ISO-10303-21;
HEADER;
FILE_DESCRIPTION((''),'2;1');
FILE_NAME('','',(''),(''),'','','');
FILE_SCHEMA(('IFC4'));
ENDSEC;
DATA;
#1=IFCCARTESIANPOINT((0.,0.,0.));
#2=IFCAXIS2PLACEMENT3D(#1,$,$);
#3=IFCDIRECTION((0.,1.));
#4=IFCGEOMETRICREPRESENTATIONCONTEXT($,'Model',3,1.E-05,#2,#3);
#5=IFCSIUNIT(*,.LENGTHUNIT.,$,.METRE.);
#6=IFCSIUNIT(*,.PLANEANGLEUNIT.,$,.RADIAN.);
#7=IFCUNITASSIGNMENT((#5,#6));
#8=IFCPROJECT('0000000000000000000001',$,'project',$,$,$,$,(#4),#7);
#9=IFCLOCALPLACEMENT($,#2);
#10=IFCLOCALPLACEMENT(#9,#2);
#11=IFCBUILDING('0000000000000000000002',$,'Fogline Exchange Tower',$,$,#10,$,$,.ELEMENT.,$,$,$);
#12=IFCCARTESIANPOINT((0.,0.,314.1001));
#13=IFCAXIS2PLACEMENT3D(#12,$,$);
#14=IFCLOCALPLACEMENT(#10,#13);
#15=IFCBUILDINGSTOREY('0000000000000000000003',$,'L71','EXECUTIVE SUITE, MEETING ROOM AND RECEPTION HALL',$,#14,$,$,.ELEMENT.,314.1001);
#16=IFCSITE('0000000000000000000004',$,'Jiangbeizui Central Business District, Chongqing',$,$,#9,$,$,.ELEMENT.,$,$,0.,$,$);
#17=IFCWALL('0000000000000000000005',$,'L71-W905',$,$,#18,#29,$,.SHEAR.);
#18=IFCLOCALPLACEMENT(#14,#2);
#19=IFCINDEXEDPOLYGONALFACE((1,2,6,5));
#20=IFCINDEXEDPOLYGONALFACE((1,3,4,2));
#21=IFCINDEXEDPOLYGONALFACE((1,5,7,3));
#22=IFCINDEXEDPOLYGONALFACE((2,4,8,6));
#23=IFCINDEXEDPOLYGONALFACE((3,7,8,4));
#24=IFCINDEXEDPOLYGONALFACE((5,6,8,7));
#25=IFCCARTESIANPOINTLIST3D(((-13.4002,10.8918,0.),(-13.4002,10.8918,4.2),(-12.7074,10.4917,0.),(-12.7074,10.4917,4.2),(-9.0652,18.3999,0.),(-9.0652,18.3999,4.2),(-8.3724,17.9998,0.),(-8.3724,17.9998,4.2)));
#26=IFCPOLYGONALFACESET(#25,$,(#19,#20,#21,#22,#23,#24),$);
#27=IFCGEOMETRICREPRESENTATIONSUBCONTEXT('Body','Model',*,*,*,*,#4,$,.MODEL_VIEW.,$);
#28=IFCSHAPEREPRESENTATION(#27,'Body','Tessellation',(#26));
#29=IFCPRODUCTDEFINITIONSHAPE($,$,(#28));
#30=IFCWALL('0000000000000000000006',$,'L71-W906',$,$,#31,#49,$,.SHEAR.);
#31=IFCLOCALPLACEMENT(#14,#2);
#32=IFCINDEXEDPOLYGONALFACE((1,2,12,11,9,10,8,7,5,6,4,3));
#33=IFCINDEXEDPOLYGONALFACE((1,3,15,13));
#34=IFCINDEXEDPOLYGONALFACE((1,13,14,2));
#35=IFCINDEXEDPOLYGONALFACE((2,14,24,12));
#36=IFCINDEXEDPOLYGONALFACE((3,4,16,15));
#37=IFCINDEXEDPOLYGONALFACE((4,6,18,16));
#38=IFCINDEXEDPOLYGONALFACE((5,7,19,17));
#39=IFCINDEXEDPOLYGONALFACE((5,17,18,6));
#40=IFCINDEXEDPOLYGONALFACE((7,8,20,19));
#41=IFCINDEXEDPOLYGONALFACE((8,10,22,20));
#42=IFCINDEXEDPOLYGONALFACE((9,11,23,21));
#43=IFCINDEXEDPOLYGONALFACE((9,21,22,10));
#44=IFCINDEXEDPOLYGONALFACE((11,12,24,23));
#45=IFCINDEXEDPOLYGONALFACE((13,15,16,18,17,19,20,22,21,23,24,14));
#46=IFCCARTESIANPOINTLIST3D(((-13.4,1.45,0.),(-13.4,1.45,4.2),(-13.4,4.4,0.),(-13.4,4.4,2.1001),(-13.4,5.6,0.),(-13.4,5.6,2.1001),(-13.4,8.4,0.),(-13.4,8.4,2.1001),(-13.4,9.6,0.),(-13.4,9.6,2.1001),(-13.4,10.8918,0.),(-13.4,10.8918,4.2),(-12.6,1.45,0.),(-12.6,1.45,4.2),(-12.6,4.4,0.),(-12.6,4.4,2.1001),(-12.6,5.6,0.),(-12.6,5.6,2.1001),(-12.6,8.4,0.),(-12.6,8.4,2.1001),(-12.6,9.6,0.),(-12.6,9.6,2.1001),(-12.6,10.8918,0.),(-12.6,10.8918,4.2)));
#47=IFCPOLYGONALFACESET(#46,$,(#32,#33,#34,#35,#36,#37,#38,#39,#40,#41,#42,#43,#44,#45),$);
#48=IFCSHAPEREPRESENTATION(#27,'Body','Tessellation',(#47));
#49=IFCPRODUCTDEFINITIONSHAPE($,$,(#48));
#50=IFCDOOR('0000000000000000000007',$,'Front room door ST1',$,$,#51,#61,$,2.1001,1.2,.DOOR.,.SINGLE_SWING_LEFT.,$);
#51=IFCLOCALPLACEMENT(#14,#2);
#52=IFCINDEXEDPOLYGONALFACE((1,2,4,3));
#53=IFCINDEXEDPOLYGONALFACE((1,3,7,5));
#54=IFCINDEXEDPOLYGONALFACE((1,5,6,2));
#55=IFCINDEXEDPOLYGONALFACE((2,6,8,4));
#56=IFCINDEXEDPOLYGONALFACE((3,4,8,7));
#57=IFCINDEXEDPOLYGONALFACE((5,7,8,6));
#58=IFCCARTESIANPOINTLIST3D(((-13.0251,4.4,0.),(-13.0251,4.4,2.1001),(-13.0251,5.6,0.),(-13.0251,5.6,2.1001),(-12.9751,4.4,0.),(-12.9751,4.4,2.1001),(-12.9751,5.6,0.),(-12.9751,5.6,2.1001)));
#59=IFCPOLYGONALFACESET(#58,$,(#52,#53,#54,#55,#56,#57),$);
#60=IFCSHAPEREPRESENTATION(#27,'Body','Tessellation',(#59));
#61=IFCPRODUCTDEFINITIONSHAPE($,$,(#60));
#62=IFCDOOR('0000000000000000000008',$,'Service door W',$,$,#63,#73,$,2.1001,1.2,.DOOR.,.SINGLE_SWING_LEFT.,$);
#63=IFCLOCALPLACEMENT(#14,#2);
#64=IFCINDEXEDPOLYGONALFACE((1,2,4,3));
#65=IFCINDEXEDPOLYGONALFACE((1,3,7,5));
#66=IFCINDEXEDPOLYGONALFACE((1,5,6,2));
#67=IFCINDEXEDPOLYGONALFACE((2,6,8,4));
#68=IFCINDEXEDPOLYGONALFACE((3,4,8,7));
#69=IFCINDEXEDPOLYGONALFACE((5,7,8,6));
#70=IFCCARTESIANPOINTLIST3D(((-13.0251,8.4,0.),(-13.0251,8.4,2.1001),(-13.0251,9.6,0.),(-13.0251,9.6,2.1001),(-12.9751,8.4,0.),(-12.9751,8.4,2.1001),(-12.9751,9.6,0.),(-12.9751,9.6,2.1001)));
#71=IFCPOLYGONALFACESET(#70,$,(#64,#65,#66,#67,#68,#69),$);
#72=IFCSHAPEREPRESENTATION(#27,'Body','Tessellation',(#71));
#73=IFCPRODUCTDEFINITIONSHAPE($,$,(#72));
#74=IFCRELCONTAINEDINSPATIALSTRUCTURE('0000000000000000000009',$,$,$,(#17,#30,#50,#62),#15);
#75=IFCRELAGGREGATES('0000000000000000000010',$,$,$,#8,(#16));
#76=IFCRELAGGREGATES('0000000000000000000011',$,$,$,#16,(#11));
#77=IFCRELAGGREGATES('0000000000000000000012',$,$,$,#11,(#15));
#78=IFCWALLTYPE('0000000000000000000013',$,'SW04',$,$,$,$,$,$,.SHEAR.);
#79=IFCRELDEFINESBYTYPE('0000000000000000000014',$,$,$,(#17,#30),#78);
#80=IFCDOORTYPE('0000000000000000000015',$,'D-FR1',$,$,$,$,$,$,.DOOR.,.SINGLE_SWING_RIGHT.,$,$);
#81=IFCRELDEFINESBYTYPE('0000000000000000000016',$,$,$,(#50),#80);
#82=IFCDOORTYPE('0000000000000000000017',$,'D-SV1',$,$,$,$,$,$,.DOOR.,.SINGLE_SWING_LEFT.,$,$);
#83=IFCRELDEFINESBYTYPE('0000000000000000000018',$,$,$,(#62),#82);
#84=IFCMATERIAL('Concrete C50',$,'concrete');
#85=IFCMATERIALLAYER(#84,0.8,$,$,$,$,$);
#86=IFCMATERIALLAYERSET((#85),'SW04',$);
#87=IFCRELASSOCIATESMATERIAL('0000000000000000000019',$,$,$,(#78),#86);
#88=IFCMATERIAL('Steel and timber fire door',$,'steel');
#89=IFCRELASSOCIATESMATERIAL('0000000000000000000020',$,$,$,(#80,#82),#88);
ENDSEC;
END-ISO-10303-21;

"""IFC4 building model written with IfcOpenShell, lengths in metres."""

from ifc_helpers import new_model, si_unit, direction, frame, frame_2d, origin, place, context, subcontext, project, spatial, rectangle, extrude, material, layer, layer_set, type_object, element, fill, save


model = new_model("IFC4")

# Units and contexts
model_context = context("Model", 3, precision=1e-05, world=origin(), true_north=direction((0.0, 1.0)))
body_context = subcontext(model_context, "Body", "Model", "MODEL_VIEW")
ifc_project = project(units=[si_unit("LENGTHUNIT", "METRE"), si_unit("PLANEANGLEUNIT", "RADIAN")], contexts=[model_context])

# Site, building, storey
site_placement = place(None, origin())
site = spatial("IfcSite", under=ifc_project, at=site_placement, Name="Jiangbeizui Central Business District, Chongqing", CompositionType="ELEMENT", RefElevation=0.0)
building_placement = place(site_placement, origin())
building = spatial("IfcBuilding", under=site, at=building_placement, Name="Fogline Exchange Tower", CompositionType="ELEMENT")
storey_placement = place(building_placement, frame((0.0, 0.0, 314.1001)))
storey = spatial("IfcBuildingStorey", under=building, at=storey_placement, Name="L71", Description="EXECUTIVE SUITE, MEETING ROOM AND RECEPTION HALL", CompositionType="ELEMENT", Elevation=314.1001)

# Shared definitions
ifc_material_1 = material(Name="Steel and timber fire door", Category="steel")

# Wall
ifc_material_2 = material(Name="Concrete C50", Category="concrete")
ifc_layer_1 = layer(ifc_material_2, 0.8)
ifc_layer_set_1 = layer_set([ifc_layer_1], Name="SW04")
wall_type_1 = type_object("IfcWallType", Name="SW04", PredefinedType="SHEAR", material=ifc_layer_set_1)
wall_1_placement = place(storey_placement, frame((-8.7188, 18.2, 0.0), z_axis=(0.0, 0.0, 1.0), x_axis=(-0.500016, -0.866016, 0.0)))
element("IfcWall", 1, at=wall_1_placement, inside=storey, type_object=wall_type_1, Name="L71-W905", PredefinedType="SHEAR", context=body_context, shape_type="SweptSolid", body=[
    extrude(rectangle(XDim=8.6697, YDim=0.8, at=frame_2d((4.335, 0.0))), origin(), (0.0, 0.0, 1.0), 4.2),
])

# Wall, openings, doors
wall_2_placement = place(storey_placement, frame((-13.0, 10.8918, 0.0), z_axis=(0.0, 0.0, 1.0), x_axis=(0.0, -1.0, 0.0)))
wall_2 = element("IfcWall", 2, at=wall_2_placement, inside=storey, type_object=wall_type_1, Name="L71-W906", PredefinedType="SHEAR", context=body_context, shape_type="SweptSolid", body=[
    extrude(rectangle(XDim=9.4419, YDim=0.8, at=frame_2d((4.7209, 0.0))), origin(), (0.0, 0.0, 1.0), 4.2),
])
opening_1_placement = place(wall_2_placement, frame((5.2917, 0.0, 0.0)))
opening_1 = element("IfcOpeningElement", 3, at=opening_1_placement, cuts=wall_2, PredefinedType="OPENING", context=body_context, shape_type="SweptSolid", body=[
    extrude(rectangle(XDim=1.2, YDim=2.1001, at=frame_2d((0.6001, 1.05))), frame((0.0, 0.4102, 0.0), z_axis=(0.0, -1.0, 0.0), x_axis=(1.0, 0.0, 0.0)), (0.0, 0.0, 1.0), 0.8201),
])
opening_2_placement = place(wall_2_placement, frame((1.2917, 0.0, 0.0)))
opening_2 = element("IfcOpeningElement", 4, at=opening_2_placement, cuts=wall_2, PredefinedType="OPENING", context=body_context, shape_type="SweptSolid", body=[
    extrude(rectangle(XDim=1.2, YDim=2.1001, at=frame_2d((0.6001, 1.05))), frame((0.0, 0.4102, 0.0), z_axis=(0.0, -1.0, 0.0), x_axis=(1.0, 0.0, 0.0)), (0.0, 0.0, 1.0), 0.8201),
])
door_type_1 = type_object("IfcDoorType", Name="D-FR1", OperationType="SINGLE_SWING_RIGHT", PredefinedType="DOOR", material=ifc_material_1)
door_1_placement = place(opening_1_placement, origin())
door_1 = element("IfcDoor", 5, at=door_1_placement, inside=storey, type_object=door_type_1, Name="Front room door ST1", OperationType="SINGLE_SWING_LEFT", OverallHeight=2.1001, OverallWidth=1.2, PredefinedType="DOOR", context=body_context, shape_type="SweptSolid", body=[
    extrude(rectangle(XDim=1.2, YDim=2.1001, at=frame_2d((0.6001, 1.05))), frame((0.0, 0.0249, 0.0), z_axis=(0.0, -1.0, 0.0), x_axis=(1.0, 0.0, 0.0)), (0.0, 0.0, 1.0), 0.05),
])
fill(opening_1, door_1)
door_type_2 = type_object("IfcDoorType", Name="D-SV1", OperationType="SINGLE_SWING_LEFT", PredefinedType="DOOR", material=ifc_material_1)
door_2_placement = place(opening_2_placement, origin())
door_2 = element("IfcDoor", 6, at=door_2_placement, inside=storey, type_object=door_type_2, Name="Service door W", OperationType="SINGLE_SWING_LEFT", OverallHeight=2.1001, OverallWidth=1.2, PredefinedType="DOOR", context=body_context, shape_type="SweptSolid", body=[
    extrude(rectangle(XDim=1.2, YDim=2.1001, at=frame_2d((0.6001, 1.05))), frame((0.0, 0.0249, 0.0), z_axis=(0.0, -1.0, 0.0), x_axis=(1.0, 0.0, 0.0)), (0.0, 0.0, 1.0), 0.05),
])
fill(opening_2, door_2)

save(model, "model.ifc")
